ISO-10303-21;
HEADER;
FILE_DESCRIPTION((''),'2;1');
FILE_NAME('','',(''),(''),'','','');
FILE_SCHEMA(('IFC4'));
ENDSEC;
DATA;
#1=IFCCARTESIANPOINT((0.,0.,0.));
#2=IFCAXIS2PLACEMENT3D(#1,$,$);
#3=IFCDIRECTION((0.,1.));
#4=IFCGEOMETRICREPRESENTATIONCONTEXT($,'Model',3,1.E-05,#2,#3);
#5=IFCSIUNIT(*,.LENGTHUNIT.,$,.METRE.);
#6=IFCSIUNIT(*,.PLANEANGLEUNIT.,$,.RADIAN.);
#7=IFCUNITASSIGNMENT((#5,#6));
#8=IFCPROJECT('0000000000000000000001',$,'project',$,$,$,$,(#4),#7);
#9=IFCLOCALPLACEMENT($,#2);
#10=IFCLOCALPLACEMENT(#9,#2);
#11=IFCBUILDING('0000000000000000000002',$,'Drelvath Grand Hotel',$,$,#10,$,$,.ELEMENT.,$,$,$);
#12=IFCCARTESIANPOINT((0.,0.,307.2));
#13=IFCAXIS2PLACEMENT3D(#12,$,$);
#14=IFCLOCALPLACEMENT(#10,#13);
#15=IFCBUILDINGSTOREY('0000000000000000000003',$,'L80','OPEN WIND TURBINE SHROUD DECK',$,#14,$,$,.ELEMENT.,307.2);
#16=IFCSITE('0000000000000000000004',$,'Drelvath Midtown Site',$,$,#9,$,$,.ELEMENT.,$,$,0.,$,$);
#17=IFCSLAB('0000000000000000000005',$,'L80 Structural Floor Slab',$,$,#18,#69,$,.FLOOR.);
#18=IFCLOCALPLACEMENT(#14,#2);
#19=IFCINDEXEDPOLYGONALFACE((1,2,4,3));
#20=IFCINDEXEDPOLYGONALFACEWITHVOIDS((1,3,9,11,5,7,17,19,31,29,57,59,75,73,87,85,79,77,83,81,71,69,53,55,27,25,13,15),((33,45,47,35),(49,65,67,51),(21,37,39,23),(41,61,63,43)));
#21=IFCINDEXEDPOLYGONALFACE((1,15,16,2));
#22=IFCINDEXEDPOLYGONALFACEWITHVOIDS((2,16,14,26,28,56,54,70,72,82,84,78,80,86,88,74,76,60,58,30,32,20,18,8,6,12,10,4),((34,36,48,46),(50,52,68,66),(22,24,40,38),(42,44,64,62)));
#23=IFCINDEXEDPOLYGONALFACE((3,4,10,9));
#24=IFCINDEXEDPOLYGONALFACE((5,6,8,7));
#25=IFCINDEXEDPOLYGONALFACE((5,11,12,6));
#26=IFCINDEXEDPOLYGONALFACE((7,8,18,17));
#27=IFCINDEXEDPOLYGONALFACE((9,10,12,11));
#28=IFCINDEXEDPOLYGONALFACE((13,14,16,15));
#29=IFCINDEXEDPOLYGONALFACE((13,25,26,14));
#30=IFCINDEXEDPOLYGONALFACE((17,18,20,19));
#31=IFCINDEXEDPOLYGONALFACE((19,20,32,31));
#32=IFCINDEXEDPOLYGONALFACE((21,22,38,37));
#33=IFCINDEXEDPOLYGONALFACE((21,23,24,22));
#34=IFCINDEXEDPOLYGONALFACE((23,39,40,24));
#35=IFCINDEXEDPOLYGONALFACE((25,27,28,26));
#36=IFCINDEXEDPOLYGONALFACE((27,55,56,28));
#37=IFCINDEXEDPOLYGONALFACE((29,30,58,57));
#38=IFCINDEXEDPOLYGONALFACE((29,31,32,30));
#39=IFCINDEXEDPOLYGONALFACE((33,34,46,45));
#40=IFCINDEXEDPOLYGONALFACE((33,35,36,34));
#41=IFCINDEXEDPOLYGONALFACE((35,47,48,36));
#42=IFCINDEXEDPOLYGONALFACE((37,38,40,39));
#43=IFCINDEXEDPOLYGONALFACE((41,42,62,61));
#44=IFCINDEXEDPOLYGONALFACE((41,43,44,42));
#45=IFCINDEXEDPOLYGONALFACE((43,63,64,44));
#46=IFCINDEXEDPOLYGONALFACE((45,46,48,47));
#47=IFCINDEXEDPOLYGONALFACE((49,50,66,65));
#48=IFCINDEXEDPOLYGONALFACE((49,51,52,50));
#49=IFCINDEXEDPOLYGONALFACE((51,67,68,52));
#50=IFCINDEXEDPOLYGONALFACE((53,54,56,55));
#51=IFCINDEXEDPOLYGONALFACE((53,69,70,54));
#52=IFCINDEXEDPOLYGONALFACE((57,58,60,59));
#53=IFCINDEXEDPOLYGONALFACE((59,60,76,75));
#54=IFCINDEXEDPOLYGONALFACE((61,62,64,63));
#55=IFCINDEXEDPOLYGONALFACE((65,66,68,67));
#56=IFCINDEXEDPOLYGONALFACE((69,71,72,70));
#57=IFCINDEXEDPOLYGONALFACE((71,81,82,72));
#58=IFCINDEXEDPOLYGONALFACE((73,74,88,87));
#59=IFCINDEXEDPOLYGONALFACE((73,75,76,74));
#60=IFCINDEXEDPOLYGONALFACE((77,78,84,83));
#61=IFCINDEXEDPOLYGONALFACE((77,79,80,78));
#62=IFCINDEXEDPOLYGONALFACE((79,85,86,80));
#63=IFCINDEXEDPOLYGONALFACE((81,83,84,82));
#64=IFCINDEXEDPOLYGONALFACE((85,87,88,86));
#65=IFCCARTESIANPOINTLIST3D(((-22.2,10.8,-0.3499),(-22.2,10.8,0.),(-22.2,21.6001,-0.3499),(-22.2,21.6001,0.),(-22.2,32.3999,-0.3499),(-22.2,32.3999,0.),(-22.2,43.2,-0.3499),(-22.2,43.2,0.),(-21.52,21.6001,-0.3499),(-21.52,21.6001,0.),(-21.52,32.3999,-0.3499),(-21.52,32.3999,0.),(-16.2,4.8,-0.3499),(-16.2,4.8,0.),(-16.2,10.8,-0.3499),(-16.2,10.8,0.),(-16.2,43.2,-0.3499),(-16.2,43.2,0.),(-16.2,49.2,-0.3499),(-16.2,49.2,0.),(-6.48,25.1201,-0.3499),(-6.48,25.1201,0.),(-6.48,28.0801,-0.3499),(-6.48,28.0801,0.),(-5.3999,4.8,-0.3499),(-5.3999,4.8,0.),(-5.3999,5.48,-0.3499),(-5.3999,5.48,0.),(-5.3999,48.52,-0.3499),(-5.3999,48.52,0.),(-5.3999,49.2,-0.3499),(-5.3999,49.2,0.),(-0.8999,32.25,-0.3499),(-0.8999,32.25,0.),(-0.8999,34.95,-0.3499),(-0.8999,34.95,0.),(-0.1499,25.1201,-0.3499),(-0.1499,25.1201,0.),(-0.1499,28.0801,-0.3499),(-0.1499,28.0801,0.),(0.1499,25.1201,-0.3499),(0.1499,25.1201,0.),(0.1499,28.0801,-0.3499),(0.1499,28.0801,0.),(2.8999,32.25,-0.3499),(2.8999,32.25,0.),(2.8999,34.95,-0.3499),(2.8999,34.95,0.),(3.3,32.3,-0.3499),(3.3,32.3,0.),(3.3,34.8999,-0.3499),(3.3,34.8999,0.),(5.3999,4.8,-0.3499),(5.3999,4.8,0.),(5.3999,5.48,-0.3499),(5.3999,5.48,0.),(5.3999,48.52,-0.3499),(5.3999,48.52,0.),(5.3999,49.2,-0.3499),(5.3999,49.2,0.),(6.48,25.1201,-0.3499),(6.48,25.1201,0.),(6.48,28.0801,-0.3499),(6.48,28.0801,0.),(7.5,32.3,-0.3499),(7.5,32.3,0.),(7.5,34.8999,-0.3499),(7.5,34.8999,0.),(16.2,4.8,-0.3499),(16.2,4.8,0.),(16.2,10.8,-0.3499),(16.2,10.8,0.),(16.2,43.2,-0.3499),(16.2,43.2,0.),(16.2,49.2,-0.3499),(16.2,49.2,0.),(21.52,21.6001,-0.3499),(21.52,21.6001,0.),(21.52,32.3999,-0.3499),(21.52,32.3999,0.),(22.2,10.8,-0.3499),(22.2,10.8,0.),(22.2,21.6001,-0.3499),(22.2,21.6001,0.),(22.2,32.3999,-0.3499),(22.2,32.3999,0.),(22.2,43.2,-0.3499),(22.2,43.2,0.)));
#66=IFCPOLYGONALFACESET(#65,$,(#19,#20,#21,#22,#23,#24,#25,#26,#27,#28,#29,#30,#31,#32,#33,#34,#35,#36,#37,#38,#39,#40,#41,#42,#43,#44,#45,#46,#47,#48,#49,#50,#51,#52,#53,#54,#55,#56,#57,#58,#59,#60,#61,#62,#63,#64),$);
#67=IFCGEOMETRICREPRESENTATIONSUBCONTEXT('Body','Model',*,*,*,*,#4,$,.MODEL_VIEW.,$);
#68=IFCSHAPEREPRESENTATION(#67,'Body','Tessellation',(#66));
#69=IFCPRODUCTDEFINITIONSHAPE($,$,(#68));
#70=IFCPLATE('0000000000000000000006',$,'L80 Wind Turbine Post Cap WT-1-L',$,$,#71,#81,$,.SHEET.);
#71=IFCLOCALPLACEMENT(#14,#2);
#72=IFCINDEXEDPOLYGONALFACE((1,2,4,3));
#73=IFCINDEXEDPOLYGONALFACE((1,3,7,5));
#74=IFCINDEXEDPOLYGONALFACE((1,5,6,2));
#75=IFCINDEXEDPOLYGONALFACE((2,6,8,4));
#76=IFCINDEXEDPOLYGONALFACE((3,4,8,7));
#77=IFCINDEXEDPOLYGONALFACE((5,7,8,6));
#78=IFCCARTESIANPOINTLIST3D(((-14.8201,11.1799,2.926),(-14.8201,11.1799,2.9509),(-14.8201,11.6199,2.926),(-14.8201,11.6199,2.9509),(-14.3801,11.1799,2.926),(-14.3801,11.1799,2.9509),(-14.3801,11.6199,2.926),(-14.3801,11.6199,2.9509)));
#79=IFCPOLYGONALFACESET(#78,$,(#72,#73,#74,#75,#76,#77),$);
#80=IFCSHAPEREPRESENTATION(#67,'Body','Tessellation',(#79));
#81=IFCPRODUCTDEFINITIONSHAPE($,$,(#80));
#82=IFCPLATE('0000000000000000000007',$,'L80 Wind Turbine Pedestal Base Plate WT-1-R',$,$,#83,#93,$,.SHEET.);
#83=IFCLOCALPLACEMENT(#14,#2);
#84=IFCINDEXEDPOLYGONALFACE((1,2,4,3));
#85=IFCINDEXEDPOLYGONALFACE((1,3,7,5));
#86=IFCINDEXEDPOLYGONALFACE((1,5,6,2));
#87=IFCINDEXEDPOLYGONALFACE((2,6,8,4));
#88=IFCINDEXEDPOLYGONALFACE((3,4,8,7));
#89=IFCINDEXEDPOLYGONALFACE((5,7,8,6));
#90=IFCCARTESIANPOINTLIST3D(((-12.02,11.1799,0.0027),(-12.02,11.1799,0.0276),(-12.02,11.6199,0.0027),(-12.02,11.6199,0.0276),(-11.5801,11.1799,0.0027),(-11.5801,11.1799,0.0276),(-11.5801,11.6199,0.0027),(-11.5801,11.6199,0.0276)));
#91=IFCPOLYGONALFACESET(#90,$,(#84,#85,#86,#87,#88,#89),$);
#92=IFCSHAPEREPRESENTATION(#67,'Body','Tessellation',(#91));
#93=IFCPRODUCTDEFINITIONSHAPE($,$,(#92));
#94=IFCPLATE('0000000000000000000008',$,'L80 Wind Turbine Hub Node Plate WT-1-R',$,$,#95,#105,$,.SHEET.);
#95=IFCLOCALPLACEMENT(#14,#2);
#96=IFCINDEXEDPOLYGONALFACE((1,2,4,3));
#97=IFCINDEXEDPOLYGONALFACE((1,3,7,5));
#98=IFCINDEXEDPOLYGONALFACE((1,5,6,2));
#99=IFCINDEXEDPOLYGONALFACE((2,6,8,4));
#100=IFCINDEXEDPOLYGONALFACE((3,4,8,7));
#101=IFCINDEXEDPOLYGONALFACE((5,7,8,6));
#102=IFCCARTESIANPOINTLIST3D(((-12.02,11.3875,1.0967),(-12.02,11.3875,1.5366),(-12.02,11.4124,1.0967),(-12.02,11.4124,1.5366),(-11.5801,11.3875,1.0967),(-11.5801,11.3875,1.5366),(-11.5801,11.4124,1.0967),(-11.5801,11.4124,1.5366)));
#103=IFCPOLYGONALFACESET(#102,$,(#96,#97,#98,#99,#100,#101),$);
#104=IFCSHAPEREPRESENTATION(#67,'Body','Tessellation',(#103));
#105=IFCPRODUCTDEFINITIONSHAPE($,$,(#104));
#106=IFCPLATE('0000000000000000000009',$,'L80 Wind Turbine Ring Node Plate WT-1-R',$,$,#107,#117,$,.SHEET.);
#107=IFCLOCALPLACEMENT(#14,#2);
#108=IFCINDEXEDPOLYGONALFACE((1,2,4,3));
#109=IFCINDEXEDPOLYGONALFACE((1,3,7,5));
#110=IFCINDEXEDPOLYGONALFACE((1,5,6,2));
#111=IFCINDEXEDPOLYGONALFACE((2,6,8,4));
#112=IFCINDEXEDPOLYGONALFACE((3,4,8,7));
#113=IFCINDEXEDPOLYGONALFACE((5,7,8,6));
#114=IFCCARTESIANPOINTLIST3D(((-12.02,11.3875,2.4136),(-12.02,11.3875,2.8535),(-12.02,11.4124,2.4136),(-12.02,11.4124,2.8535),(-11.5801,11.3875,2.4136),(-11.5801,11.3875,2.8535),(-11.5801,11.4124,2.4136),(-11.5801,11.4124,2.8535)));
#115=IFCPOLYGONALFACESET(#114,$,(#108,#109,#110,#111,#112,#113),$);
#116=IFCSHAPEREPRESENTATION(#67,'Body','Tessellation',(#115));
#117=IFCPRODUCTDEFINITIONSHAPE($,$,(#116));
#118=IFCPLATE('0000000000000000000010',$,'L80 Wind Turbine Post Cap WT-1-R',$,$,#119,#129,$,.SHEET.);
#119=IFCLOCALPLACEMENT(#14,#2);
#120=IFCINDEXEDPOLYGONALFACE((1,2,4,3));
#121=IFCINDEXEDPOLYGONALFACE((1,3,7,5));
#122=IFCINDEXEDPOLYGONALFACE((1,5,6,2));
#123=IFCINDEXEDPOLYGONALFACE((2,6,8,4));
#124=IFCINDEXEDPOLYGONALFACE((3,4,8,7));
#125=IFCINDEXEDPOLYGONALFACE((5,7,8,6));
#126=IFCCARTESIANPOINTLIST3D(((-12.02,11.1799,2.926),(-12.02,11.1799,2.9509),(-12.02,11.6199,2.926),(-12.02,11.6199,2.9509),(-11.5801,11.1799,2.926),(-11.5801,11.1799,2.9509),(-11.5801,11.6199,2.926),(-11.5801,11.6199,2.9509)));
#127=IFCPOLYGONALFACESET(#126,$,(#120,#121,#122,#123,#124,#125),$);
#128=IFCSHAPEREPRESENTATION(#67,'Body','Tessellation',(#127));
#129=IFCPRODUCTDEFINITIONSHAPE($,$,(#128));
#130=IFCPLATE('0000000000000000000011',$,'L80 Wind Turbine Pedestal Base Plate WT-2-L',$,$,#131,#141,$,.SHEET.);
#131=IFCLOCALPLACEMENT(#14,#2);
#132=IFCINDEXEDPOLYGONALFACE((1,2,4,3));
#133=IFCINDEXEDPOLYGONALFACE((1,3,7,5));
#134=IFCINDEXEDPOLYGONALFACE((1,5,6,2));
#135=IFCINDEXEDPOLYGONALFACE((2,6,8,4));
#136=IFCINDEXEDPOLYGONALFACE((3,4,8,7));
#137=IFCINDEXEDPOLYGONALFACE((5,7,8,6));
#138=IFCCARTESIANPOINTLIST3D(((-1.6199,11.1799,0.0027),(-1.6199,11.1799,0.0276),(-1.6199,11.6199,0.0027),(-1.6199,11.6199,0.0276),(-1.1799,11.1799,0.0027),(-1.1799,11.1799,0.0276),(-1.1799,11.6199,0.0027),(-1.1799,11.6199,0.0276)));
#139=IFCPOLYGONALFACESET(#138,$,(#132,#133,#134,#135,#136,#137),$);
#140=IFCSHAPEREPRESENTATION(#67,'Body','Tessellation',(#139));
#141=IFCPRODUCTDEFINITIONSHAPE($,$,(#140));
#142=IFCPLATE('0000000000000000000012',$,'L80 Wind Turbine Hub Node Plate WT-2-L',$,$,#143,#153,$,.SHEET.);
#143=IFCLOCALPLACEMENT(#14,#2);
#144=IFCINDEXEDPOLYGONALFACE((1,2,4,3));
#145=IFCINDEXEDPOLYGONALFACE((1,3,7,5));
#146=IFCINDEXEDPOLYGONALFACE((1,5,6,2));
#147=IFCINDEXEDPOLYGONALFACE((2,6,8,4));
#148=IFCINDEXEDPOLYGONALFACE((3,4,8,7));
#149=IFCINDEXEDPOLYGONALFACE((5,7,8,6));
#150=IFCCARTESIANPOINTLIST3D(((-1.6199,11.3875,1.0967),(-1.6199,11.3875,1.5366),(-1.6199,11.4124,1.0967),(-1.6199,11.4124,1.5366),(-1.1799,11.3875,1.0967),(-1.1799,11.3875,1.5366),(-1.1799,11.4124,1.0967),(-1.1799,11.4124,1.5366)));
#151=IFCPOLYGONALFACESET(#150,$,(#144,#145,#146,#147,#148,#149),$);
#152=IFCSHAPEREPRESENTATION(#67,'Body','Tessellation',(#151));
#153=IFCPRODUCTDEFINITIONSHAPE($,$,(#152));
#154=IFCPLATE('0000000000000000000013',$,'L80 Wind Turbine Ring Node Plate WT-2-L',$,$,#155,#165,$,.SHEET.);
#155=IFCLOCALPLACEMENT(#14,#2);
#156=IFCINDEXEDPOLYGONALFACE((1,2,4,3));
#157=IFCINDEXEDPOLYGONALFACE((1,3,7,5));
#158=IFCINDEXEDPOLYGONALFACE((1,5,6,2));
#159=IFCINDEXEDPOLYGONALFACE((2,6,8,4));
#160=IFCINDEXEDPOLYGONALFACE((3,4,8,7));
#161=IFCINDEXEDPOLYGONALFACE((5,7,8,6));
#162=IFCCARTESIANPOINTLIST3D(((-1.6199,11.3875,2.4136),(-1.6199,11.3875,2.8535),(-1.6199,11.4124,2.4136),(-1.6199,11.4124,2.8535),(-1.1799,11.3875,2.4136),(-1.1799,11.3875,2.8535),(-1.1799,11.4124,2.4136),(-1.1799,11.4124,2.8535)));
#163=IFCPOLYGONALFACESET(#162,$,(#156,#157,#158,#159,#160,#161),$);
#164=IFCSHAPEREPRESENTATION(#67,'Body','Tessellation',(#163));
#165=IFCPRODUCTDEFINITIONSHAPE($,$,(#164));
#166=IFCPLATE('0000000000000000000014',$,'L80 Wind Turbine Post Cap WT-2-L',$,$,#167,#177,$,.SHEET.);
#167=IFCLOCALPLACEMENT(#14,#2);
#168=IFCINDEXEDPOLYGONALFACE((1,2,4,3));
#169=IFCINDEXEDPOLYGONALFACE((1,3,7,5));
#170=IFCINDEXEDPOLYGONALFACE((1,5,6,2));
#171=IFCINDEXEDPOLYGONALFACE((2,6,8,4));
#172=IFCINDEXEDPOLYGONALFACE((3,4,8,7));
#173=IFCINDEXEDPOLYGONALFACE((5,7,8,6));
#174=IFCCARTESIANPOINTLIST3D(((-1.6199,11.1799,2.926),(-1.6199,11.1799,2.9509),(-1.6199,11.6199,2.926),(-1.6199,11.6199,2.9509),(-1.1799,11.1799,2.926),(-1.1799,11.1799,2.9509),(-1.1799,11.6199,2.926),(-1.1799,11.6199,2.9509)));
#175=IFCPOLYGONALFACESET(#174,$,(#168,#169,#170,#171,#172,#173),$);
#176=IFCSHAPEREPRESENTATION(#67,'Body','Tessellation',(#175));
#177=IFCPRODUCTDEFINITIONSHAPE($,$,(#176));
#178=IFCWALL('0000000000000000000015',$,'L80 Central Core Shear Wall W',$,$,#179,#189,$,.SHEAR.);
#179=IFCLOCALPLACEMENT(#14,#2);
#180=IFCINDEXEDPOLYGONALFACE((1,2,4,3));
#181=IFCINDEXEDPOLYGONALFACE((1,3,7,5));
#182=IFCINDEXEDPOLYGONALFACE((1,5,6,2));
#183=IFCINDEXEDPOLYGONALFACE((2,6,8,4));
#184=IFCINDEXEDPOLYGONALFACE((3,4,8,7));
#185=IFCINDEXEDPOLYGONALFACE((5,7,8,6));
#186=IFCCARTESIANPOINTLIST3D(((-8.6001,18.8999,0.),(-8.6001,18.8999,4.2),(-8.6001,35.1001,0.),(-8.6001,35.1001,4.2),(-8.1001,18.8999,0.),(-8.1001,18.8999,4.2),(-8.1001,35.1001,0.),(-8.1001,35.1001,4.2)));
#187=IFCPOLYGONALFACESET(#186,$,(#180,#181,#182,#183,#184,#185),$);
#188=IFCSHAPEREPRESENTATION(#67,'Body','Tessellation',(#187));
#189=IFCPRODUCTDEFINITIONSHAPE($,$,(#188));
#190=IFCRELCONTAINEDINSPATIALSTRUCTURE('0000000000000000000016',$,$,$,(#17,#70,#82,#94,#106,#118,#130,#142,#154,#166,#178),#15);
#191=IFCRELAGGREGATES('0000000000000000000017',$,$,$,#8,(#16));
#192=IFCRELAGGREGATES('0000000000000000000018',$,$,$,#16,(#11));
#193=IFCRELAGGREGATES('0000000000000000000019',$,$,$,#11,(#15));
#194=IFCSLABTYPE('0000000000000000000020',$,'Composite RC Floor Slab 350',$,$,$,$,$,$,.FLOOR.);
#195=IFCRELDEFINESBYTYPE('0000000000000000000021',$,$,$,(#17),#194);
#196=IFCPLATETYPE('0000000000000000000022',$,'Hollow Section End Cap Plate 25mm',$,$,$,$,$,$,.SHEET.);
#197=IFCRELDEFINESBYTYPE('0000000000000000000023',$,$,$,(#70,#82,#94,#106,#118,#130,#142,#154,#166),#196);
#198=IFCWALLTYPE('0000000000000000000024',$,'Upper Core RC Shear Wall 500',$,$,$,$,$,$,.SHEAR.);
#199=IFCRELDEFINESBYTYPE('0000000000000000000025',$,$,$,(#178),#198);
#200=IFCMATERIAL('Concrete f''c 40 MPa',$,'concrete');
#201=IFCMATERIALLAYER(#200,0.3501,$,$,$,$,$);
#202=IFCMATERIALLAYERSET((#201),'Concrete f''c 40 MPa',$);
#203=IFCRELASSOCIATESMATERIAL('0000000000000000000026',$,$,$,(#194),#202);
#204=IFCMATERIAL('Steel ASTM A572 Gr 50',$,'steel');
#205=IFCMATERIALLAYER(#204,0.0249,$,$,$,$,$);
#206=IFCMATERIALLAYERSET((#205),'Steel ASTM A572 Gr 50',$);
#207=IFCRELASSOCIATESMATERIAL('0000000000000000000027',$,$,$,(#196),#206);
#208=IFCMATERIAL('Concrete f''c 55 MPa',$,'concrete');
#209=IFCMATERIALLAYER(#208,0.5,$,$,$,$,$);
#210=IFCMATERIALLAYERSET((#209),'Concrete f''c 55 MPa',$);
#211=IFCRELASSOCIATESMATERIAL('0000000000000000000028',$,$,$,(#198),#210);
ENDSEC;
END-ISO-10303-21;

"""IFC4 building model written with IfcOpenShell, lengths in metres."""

from ifc_helpers import new_model, si_unit, direction, frame, frame_2d, origin, origin_2d, place, context, subcontext, project, spatial, polyline, rectangle, outline, extrude, material, layer, layer_set, type_object, element, save


model = new_model("IFC4")

# Units and contexts
model_context = context("Model", 3, precision=1e-05, world=origin(), true_north=direction((0.0, 1.0)))
body_context = subcontext(model_context, "Body", "Model", "MODEL_VIEW")
ifc_project = project(units=[si_unit("LENGTHUNIT", "METRE"), si_unit("PLANEANGLEUNIT", "RADIAN")], contexts=[model_context])

# Site, building, storey
site_placement = place(None, origin())
site = spatial("IfcSite", under=ifc_project, at=site_placement, Name="Drelvath Midtown Site", CompositionType="ELEMENT", RefElevation=0.0)
building_placement = place(site_placement, origin())
building = spatial("IfcBuilding", under=site, at=building_placement, Name="Drelvath Grand Hotel", CompositionType="ELEMENT")
storey_placement = place(building_placement, frame((0.0, 0.0, 307.2)))
storey = spatial("IfcBuildingStorey", under=building, at=storey_placement, Name="L80", Description="OPEN WIND TURBINE SHROUD DECK", CompositionType="ELEMENT", Elevation=307.2)

# Shared definitions
ifc_material_1 = material(Name="Steel ASTM A572 Gr 50", Category="steel")

# Slab
ifc_material_2 = material(Name="Concrete f'c 40 MPa", Category="concrete")
ifc_layer_1 = layer(ifc_material_2, 0.3501)
ifc_layer_set_1 = layer_set([ifc_layer_1], Name="Concrete f'c 40 MPa")
slab_type = type_object("IfcSlabType", Name="Composite RC Floor Slab 350", PredefinedType="FLOOR", material=ifc_layer_set_1)
slab_placement = place(storey_placement, frame((0.0, 0.0, -0.3499)))
element("IfcSlab", 1, at=slab_placement, inside=storey, type_object=slab_type, Name="L80 Structural Floor Slab", PredefinedType="FLOOR", context=body_context, shape_type="SweptSolid", body=[
    extrude(outline(polyline([(-16.2, 4.8), (-5.3999, 4.8), (-5.3999, 5.48), (5.3999, 5.48), (5.3999, 4.8), (16.2, 4.8), (16.2, 10.8), (22.2, 10.8), (22.2, 21.6001), (21.52, 21.6001), (21.52, 32.3999), (22.2, 32.3999), (22.2, 43.2), (16.2, 43.2), (16.2, 49.2), (5.3999, 49.2), (5.3999, 48.52), (-5.3999, 48.52), (-5.3999, 49.2), (-16.2, 49.2), (-16.2, 43.2), (-22.2, 43.2), (-22.2, 32.3999), (-21.52, 32.3999), (-21.52, 21.6001), (-22.2, 21.6001), (-22.2, 10.8), (-16.2, 10.8), (-16.2, 4.8)]), holes=[polyline([(-6.48, 25.1201), (-6.48, 28.0801), (-0.1499, 28.0801), (-0.1499, 25.1201), (-6.48, 25.1201)]), polyline([(0.1499, 25.1201), (0.1499, 28.0801), (6.48, 28.0801), (6.48, 25.1201), (0.1499, 25.1201)]), polyline([(-0.8999, 32.25), (-0.8999, 34.95), (2.8999, 34.95), (2.8999, 32.25), (-0.8999, 32.25)]), polyline([(3.3, 32.3), (3.3, 34.8999), (7.5, 34.8999), (7.5, 32.3), (3.3, 32.3)])]), origin(), (0.0, 0.0, 1.0), 0.3499),
])

# Plates
ifc_layer_2 = layer(ifc_material_1, 0.0249)
ifc_layer_set_2 = layer_set([ifc_layer_2], Name="Steel ASTM A572 Gr 50")
plate_type = type_object("IfcPlateType", Name="Hollow Section End Cap Plate 25mm", PredefinedType="SHEET", material=ifc_layer_set_2)
for number, where, z_axis, x_axis, name in (
    (2, (-14.6001, 11.3999, 2.926), (0.0, 0.0, 1.0), (1.0, 0.0, 0.0), "L80 Wind Turbine Post Cap WT-1-L"),
    (3, (-11.8, 11.3999, 0.0027), (0.0, 0.0, 1.0), (1.0, 0.0, 0.0), "L80 Wind Turbine Pedestal Base Plate WT-1-R"),
):
    element("IfcPlate", number, at=place(storey_placement, frame(where, z_axis=z_axis, x_axis=x_axis)), inside=storey, type_object=plate_type, Name=name, PredefinedType="SHEET", context=body_context, shape_type="SweptSolid", body=[
        extrude(rectangle(XDim=0.4399, YDim=0.4399, at=origin_2d()), origin(), (0.0, 0.0, 1.0), 0.0249),
    ])
for number, where, z_axis, x_axis, name in (
    (4, (-11.8, 11.3999, 1.0967), (0.0, 0.0, 1.0), (1.0, 0.0, 0.0), "L80 Wind Turbine Hub Node Plate WT-1-R"),
    (5, (-11.8, 11.3999, 2.4136), (0.0, 0.0, 1.0), (1.0, 0.0, 0.0), "L80 Wind Turbine Ring Node Plate WT-1-R"),
):
    element("IfcPlate", number, at=place(storey_placement, frame(where, z_axis=z_axis, x_axis=x_axis)), inside=storey, type_object=plate_type, Name=name, PredefinedType="SHEET", context=body_context, shape_type="SweptSolid", body=[
        extrude(rectangle(XDim=0.4399, YDim=0.0249, at=origin_2d()), origin(), (0.0, 0.0, 1.0), 0.4399),
    ])
for number, where, z_axis, x_axis, name in (
    (6, (-11.8, 11.3999, 2.926), (0.0, 0.0, 1.0), (1.0, 0.0, 0.0), "L80 Wind Turbine Post Cap WT-1-R"),
    (7, (-1.3999, 11.3999, 0.0027), (0.0, 0.0, 1.0), (1.0, 0.0, 0.0), "L80 Wind Turbine Pedestal Base Plate WT-2-L"),
):
    element("IfcPlate", number, at=place(storey_placement, frame(where, z_axis=z_axis, x_axis=x_axis)), inside=storey, type_object=plate_type, Name=name, PredefinedType="SHEET", context=body_context, shape_type="SweptSolid", body=[
        extrude(rectangle(XDim=0.4399, YDim=0.4399, at=origin_2d()), origin(), (0.0, 0.0, 1.0), 0.0249),
    ])
for number, where, z_axis, x_axis, name in (
    (8, (-1.3999, 11.3999, 1.0967), (0.0, 0.0, 1.0), (1.0, 0.0, 0.0), "L80 Wind Turbine Hub Node Plate WT-2-L"),
    (9, (-1.3999, 11.3999, 2.4136), (0.0, 0.0, 1.0), (1.0, 0.0, 0.0), "L80 Wind Turbine Ring Node Plate WT-2-L"),
):
    element("IfcPlate", number, at=place(storey_placement, frame(where, z_axis=z_axis, x_axis=x_axis)), inside=storey, type_object=plate_type, Name=name, PredefinedType="SHEET", context=body_context, shape_type="SweptSolid", body=[
        extrude(rectangle(XDim=0.4399, YDim=0.0249, at=origin_2d()), origin(), (0.0, 0.0, 1.0), 0.4399),
    ])
plate_placement = place(storey_placement, frame((-1.3999, 11.3999, 2.926), z_axis=(0.0, 0.0, 1.0), x_axis=(1.0, 0.0, 0.0)))
element("IfcPlate", 10, at=plate_placement, inside=storey, type_object=plate_type, Name="L80 Wind Turbine Post Cap WT-2-L", PredefinedType="SHEET", context=body_context, shape_type="SweptSolid", body=[
    extrude(rectangle(XDim=0.4399, YDim=0.4399, at=origin_2d()), origin(), (0.0, 0.0, 1.0), 0.0249),
])

# Wall
ifc_material_3 = material(Name="Concrete f'c 55 MPa", Category="concrete")
ifc_layer_3 = layer(ifc_material_3, 0.5)
ifc_layer_set_3 = layer_set([ifc_layer_3], Name="Concrete f'c 55 MPa")
wall_type = type_object("IfcWallType", Name="Upper Core RC Shear Wall 500", PredefinedType="SHEAR", material=ifc_layer_set_3)
wall_placement = place(storey_placement, frame((-8.3501, 18.8999, 0.0), z_axis=(0.0, 0.0, 1.0), x_axis=(0.0, 1.0, 0.0)))
element("IfcWall", 11, at=wall_placement, inside=storey, type_object=wall_type, Name="L80 Central Core Shear Wall W", PredefinedType="SHEAR", context=body_context, shape_type="SweptSolid", body=[
    extrude(rectangle(XDim=16.2002, YDim=0.5, at=frame_2d((8.1001, 0.0))), origin(), (0.0, 0.0, 1.0), 4.2),
])

save(model, "model.ifc")
